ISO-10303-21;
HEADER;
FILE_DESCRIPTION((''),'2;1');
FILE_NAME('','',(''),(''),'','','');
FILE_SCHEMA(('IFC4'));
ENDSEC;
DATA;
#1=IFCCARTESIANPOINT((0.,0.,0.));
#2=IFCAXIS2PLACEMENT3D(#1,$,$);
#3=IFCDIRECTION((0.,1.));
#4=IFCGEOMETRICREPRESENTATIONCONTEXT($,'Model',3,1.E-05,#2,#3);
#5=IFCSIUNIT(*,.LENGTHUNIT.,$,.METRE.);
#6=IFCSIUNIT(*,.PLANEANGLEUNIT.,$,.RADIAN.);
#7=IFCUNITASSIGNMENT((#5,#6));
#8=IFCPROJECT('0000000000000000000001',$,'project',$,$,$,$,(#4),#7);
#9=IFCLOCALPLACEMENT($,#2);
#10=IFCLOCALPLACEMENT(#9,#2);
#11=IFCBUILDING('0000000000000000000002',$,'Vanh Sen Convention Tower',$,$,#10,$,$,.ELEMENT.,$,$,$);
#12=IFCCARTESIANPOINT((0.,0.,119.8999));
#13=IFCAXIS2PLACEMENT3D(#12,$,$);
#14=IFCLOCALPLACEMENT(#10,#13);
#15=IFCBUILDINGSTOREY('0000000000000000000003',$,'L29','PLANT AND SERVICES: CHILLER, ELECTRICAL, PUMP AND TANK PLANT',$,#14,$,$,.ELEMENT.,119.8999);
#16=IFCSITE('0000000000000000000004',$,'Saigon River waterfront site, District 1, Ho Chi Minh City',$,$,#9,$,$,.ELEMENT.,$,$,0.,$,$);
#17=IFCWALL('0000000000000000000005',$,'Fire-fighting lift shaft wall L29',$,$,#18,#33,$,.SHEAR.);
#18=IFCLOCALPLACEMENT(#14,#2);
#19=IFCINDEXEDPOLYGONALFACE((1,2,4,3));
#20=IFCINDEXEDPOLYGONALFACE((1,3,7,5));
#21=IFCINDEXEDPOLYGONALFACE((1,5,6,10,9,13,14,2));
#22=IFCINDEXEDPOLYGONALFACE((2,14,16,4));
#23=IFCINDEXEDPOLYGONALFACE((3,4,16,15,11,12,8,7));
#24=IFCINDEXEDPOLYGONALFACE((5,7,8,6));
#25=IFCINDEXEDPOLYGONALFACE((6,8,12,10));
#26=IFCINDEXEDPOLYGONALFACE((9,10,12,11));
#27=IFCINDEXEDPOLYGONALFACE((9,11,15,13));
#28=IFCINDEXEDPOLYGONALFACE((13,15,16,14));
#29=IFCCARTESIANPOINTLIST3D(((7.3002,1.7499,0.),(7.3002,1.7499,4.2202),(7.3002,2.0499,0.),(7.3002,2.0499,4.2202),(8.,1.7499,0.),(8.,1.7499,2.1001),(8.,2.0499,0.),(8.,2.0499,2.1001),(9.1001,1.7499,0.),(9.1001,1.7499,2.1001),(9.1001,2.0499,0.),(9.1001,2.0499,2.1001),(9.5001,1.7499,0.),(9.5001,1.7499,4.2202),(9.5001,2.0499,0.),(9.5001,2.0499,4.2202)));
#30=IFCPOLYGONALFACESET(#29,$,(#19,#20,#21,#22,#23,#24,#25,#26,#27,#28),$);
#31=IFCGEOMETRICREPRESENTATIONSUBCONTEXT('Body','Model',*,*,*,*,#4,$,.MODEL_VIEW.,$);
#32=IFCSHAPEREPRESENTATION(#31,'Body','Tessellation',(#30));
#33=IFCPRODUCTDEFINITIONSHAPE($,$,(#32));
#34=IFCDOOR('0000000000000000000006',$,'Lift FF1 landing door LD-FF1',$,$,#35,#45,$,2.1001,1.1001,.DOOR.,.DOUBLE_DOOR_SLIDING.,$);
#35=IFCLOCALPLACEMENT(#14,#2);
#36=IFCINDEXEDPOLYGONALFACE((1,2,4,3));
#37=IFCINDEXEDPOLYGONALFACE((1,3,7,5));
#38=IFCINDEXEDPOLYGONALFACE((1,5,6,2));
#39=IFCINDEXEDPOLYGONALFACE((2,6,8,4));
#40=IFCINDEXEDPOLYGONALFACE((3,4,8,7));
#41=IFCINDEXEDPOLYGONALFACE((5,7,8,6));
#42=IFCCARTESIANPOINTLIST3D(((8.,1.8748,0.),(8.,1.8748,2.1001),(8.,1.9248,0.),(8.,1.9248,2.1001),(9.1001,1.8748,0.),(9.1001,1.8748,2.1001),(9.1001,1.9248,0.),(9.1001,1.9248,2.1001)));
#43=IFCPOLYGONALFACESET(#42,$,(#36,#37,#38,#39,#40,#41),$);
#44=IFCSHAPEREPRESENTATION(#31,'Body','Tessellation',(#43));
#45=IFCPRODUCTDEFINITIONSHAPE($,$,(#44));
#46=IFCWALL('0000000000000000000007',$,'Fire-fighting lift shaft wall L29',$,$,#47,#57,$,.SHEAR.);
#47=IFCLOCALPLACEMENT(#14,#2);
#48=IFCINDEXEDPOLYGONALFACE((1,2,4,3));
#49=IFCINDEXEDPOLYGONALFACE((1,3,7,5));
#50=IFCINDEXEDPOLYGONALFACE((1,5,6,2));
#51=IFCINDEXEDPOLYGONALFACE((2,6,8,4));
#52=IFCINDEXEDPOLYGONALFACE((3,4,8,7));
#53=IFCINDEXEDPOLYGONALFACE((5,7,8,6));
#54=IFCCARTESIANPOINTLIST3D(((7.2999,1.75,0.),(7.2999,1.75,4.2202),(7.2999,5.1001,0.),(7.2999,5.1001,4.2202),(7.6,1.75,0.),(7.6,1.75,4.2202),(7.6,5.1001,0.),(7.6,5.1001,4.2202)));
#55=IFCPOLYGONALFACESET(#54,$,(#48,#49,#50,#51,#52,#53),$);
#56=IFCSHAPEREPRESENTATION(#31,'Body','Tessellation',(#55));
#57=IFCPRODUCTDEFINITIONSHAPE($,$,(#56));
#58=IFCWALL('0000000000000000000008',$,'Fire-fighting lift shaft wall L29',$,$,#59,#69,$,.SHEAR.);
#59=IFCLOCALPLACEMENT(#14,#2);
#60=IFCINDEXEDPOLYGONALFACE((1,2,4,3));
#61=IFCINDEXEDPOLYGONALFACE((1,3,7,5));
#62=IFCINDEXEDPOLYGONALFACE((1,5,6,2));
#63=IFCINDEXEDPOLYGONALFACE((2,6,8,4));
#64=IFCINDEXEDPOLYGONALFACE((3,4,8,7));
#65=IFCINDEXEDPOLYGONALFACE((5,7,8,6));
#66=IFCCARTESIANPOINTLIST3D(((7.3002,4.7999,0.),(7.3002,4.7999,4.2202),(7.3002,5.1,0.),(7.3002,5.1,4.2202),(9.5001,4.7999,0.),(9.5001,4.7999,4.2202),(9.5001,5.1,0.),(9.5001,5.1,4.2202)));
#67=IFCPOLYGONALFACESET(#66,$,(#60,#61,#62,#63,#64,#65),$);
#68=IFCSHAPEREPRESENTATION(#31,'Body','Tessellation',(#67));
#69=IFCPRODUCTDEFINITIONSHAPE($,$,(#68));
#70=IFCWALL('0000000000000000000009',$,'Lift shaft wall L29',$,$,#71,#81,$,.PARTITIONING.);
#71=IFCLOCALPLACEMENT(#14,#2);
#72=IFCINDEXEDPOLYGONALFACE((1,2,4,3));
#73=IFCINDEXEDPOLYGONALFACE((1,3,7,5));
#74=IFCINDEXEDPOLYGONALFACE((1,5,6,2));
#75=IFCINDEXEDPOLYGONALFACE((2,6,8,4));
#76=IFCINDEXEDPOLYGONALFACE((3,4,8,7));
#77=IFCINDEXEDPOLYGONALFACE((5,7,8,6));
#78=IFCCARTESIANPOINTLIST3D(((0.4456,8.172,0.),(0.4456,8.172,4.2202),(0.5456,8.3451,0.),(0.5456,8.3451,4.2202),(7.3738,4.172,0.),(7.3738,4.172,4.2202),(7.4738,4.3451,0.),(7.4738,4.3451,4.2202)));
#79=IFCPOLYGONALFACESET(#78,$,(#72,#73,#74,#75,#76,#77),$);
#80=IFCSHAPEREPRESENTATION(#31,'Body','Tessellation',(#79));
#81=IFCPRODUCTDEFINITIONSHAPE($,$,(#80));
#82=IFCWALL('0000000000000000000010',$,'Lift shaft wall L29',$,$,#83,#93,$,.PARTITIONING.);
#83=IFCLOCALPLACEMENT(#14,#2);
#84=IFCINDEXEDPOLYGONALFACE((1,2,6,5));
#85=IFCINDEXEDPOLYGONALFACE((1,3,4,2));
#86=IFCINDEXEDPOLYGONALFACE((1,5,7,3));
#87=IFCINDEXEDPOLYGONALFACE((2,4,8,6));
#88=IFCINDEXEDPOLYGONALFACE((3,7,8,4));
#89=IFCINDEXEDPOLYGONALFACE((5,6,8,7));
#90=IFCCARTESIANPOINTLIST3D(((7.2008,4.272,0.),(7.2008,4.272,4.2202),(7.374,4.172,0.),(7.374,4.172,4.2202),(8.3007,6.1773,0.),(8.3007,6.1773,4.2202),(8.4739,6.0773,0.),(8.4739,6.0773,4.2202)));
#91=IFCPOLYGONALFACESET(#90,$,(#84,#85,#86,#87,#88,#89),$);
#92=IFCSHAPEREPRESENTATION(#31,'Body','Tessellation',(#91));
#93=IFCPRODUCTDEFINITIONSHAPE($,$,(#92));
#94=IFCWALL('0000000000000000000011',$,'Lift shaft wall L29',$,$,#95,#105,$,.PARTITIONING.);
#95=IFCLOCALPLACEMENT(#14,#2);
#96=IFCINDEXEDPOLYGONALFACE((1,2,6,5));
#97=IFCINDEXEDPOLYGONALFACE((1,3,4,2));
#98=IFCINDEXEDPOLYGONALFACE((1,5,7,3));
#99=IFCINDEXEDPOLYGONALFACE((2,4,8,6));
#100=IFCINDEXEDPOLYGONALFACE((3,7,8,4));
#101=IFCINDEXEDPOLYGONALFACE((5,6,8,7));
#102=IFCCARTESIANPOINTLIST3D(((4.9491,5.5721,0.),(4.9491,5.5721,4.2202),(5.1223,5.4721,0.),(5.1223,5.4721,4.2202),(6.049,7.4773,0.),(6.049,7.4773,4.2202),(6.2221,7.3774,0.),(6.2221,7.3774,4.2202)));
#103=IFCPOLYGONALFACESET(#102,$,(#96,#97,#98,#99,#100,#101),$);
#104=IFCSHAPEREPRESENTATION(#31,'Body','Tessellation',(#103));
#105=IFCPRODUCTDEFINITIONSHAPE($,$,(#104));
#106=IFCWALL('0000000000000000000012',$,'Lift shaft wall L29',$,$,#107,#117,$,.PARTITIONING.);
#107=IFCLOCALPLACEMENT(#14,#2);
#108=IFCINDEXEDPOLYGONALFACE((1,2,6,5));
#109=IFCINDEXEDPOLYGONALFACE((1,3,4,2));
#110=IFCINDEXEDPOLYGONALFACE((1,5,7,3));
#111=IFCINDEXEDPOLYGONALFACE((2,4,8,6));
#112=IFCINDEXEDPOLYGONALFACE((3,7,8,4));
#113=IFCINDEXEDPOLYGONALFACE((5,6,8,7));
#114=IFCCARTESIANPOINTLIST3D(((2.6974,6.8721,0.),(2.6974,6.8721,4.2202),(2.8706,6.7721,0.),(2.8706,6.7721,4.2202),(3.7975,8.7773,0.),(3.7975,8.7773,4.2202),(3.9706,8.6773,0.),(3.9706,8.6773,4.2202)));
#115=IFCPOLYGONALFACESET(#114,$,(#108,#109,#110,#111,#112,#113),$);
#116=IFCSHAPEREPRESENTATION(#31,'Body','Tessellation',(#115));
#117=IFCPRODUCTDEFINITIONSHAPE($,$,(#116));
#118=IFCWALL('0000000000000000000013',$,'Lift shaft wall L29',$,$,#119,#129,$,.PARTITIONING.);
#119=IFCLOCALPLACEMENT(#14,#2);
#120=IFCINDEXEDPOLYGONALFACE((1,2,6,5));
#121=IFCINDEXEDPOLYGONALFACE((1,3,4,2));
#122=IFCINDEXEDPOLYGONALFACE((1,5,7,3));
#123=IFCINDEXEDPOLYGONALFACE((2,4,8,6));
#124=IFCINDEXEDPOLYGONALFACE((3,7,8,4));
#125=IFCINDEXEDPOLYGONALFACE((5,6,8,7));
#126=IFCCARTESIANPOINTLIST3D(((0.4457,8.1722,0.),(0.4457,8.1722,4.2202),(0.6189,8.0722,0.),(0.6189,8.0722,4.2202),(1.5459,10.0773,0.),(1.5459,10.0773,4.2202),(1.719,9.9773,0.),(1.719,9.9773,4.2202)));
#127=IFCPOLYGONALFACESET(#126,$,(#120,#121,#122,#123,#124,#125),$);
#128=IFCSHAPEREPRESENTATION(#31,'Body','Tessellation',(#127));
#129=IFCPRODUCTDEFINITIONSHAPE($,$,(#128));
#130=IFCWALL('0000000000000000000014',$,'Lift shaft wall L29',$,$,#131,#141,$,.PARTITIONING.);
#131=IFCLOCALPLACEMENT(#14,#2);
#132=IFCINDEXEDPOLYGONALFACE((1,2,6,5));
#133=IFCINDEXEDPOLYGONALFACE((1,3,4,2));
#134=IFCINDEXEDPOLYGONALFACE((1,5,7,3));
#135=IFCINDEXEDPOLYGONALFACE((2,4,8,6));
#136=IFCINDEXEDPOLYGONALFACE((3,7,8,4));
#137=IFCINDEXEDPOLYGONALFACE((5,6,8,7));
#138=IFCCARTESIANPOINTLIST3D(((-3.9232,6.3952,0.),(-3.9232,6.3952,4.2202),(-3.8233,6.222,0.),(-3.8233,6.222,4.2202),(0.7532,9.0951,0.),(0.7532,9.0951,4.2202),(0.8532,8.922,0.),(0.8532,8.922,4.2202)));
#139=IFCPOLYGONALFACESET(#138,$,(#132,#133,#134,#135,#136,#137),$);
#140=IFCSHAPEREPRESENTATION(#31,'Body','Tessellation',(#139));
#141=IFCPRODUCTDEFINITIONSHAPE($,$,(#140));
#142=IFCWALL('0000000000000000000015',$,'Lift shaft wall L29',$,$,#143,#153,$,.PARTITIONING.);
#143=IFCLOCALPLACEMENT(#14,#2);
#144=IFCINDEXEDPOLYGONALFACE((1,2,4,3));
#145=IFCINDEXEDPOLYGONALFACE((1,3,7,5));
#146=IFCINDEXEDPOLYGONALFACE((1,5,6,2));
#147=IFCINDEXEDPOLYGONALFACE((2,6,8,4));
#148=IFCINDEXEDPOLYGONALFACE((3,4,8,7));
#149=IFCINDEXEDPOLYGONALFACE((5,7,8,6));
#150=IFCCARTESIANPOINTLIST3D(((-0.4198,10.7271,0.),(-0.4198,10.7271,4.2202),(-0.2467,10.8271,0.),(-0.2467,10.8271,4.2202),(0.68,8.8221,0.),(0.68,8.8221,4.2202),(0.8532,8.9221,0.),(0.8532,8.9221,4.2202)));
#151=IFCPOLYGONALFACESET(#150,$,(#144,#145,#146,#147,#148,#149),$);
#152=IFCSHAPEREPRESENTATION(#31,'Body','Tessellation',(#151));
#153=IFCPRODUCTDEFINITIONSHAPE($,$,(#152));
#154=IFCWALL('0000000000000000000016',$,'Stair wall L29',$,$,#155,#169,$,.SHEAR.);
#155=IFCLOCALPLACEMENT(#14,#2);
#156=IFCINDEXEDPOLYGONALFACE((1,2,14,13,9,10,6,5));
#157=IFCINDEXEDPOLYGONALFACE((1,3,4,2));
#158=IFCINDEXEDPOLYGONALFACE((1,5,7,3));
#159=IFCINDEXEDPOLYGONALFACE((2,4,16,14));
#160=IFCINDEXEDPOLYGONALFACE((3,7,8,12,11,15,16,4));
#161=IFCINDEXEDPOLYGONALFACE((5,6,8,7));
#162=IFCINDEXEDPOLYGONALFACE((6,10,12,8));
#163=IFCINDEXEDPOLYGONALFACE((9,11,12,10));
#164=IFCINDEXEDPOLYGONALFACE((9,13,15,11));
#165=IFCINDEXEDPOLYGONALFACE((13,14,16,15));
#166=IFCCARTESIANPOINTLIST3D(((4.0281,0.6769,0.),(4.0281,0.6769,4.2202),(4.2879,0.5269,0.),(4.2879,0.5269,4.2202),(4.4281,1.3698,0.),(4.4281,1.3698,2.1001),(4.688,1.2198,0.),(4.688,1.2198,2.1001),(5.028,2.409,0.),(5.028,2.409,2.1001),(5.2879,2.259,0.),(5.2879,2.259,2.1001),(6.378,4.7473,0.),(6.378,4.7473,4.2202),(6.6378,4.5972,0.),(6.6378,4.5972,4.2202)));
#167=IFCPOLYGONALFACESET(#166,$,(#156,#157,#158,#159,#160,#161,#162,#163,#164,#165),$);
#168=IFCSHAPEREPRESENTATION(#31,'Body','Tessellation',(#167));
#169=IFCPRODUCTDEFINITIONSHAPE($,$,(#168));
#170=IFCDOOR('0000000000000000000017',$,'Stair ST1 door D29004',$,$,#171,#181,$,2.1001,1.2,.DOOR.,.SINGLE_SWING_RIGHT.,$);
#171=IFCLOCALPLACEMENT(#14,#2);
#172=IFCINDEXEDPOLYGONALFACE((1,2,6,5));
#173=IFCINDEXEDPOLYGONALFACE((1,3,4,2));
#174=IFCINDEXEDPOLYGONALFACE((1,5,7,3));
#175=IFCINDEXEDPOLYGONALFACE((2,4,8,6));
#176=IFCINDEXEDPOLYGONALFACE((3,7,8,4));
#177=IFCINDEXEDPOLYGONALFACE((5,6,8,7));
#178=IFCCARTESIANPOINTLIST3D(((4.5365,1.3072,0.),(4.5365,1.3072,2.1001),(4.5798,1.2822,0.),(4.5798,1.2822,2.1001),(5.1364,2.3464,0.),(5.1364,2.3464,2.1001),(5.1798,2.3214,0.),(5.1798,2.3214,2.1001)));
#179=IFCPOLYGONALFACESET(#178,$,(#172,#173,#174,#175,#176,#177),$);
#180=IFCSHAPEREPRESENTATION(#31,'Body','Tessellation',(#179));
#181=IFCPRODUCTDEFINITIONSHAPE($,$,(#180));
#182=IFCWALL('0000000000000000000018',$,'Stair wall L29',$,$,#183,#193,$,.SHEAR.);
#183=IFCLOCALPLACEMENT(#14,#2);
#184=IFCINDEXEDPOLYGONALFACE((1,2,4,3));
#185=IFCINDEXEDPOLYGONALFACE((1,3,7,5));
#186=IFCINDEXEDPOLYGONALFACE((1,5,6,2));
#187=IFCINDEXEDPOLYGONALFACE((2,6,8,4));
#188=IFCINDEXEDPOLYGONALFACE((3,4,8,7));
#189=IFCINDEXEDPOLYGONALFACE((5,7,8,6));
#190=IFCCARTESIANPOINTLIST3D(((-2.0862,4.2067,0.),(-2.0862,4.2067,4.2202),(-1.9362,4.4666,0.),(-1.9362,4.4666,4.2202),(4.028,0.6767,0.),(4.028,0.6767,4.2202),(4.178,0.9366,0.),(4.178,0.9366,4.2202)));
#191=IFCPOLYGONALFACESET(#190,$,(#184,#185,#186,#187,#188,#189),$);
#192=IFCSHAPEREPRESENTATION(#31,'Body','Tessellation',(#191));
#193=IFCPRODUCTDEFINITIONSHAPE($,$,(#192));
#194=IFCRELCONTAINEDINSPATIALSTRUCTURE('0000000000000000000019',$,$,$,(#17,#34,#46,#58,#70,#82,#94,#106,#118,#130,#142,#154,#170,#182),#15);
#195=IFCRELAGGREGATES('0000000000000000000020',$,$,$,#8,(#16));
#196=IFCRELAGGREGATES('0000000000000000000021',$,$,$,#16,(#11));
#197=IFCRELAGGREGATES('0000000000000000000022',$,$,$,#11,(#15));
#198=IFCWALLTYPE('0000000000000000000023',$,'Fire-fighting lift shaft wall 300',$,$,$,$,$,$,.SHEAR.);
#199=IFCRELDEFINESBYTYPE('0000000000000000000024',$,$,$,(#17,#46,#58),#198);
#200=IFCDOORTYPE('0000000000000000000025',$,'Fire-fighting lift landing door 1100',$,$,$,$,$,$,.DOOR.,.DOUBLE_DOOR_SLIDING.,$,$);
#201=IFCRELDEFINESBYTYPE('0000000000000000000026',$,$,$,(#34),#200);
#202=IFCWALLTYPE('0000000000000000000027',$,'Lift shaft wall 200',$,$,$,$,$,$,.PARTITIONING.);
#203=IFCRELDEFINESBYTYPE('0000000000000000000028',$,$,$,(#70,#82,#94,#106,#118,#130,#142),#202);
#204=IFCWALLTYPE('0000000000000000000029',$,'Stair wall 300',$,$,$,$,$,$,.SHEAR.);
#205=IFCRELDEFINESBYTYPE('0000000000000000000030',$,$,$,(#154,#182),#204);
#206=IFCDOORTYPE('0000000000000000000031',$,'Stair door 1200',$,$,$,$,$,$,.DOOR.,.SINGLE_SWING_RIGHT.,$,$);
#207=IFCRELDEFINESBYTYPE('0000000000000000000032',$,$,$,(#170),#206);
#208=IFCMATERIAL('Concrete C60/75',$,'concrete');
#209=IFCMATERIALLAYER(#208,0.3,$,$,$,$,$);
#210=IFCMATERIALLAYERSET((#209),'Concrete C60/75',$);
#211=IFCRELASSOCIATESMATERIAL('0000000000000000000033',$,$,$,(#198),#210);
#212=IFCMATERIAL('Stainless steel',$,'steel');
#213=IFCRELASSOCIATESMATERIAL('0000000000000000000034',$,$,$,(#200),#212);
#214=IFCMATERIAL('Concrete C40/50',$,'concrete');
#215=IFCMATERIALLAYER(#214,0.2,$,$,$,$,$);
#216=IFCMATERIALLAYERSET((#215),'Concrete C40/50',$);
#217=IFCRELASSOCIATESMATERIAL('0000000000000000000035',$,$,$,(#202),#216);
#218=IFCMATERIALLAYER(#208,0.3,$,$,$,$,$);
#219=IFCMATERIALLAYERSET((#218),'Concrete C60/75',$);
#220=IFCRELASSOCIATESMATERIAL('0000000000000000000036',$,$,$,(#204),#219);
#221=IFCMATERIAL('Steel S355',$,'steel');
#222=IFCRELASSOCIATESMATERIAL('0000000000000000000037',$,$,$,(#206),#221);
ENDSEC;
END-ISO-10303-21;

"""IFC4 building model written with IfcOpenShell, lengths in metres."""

from ifc_helpers import new_model, si_unit, direction, frame, frame_2d, origin, place, context, subcontext, project, spatial, rectangle, extrude, material, layer, layer_set, type_object, element, fill, save


model = new_model("IFC4")

# Units and contexts
model_context = context("Model", 3, precision=1e-05, world=origin(), true_north=direction((0.0, 1.0)))
body_context = subcontext(model_context, "Body", "Model", "MODEL_VIEW")
ifc_project = project(units=[si_unit("LENGTHUNIT", "METRE"), si_unit("PLANEANGLEUNIT", "RADIAN")], contexts=[model_context])

# Site, building, storey
site_placement = place(None, origin())
site = spatial("IfcSite", under=ifc_project, at=site_placement, Name="Saigon River waterfront site, District 1, Ho Chi Minh City", CompositionType="ELEMENT", RefElevation=0.0)
building_placement = place(site_placement, origin())
building = spatial("IfcBuilding", under=site, at=building_placement, Name="Vanh Sen Convention Tower", CompositionType="ELEMENT")
storey_placement = place(building_placement, frame((0.0, 0.0, 119.8999)))
storey = spatial("IfcBuildingStorey", under=building, at=storey_placement, Name="L29", Description="PLANT AND SERVICES: CHILLER, ELECTRICAL, PUMP AND TANK PLANT", CompositionType="ELEMENT", Elevation=119.8999)

# Shared definitions
ifc_material_1 = material(Name="Concrete C40/50", Category="concrete")

# Shared definitions
ifc_material_2 = material(Name="Stainless steel", Category="steel")
ifc_material_3 = material(Name="Steel S355", Category="steel")

# Wall, opening, door
ifc_material_4 = material(Name="Concrete C60/75", Category="concrete")
ifc_layer_1 = layer(ifc_material_4, 0.3)
ifc_layer_set_1 = layer_set([ifc_layer_1], Name="Concrete C60/75")
wall_type_1 = type_object("IfcWallType", Name="Fire-fighting lift shaft wall 300", PredefinedType="SHEAR", material=ifc_layer_set_1)
wall_1_placement = place(storey_placement, frame((7.3, 1.8999, 0.0), z_axis=(0.0, 0.0, 1.0), x_axis=(1.0, 0.0, 0.0)))
wall_1 = element("IfcWall", 1, at=wall_1_placement, inside=storey, type_object=wall_type_1, Name="Fire-fighting lift shaft wall L29", PredefinedType="SHEAR", context=body_context, shape_type="SweptSolid", body=[
    extrude(rectangle(XDim=2.2, YDim=0.3, at=frame_2d((1.1001, 0.0))), origin(), (0.0, 0.0, 1.0), 4.2202),
])
opening_1_placement = place(wall_1_placement, frame((0.7, 0.0, 0.0)))
opening_1 = element("IfcOpeningElement", 2, at=opening_1_placement, cuts=wall_1, PredefinedType="OPENING", context=body_context, shape_type="SweptSolid", body=[
    extrude(rectangle(XDim=1.1001, YDim=2.1001, at=frame_2d((0.55, 1.05))), frame((0.0, 0.1599, 0.0), z_axis=(0.0, -1.0, 0.0), x_axis=(1.0, 0.0, 0.0)), (0.0, 0.0, 1.0), 0.3201),
])
door_type_1 = type_object("IfcDoorType", Name="Fire-fighting lift landing door 1100", OperationType="DOUBLE_DOOR_SLIDING", PredefinedType="DOOR", material=ifc_material_2)
door_1_placement = place(opening_1_placement, origin())
door_1 = element("IfcDoor", 3, at=door_1_placement, inside=storey, type_object=door_type_1, Name="Lift FF1 landing door LD-FF1", OperationType="DOUBLE_DOOR_SLIDING", OverallHeight=2.1001, OverallWidth=1.1001, PredefinedType="DOOR", context=body_context, shape_type="SweptSolid", body=[
    extrude(rectangle(XDim=1.1001, YDim=2.1001, at=frame_2d((0.55, 1.05))), frame((0.0, 0.0249, 0.0), z_axis=(0.0, -1.0, 0.0), x_axis=(1.0, 0.0, 0.0)), (0.0, 0.0, 1.0), 0.05),
])
fill(opening_1, door_1)

# Walls
wall_2_placement = place(storey_placement, frame((7.45, 1.75, 0.0), z_axis=(0.0, 0.0, 1.0), x_axis=(0.0, 1.0, 0.0)))
element("IfcWall", 4, at=wall_2_placement, inside=storey, type_object=wall_type_1, Name="Fire-fighting lift shaft wall L29", PredefinedType="SHEAR", context=body_context, shape_type="SweptSolid", body=[
    extrude(rectangle(XDim=3.3501, YDim=0.3, at=frame_2d((1.675, 0.0))), origin(), (0.0, 0.0, 1.0), 4.2202),
])
wall_3_placement = place(storey_placement, frame((7.3, 4.95, 0.0), z_axis=(0.0, 0.0, 1.0), x_axis=(1.0, 0.0, 0.0)))
element("IfcWall", 5, at=wall_3_placement, inside=storey, type_object=wall_type_1, Name="Fire-fighting lift shaft wall L29", PredefinedType="SHEAR", context=body_context, shape_type="SweptSolid", body=[
    extrude(rectangle(XDim=2.2, YDim=0.3, at=frame_2d((1.1001, 0.0))), origin(), (0.0, 0.0, 1.0), 4.2202),
])
ifc_layer_2 = layer(ifc_material_1, 0.2)
ifc_layer_set_2 = layer_set([ifc_layer_2], Name="Concrete C40/50")
wall_type_2 = type_object("IfcWallType", Name="Lift shaft wall 200", PredefinedType="PARTITIONING", material=ifc_layer_set_2)
wall_4_placement = place(storey_placement, frame((7.4238, 4.2585, 0.0), z_axis=(0.0, 0.0, 1.0), x_axis=(-0.866026, 0.499999, 0.0)))
element("IfcWall", 6, at=wall_4_placement, inside=storey, type_object=wall_type_2, Name="Lift shaft wall L29", PredefinedType="PARTITIONING", context=body_context, shape_type="SweptSolid", body=[
    extrude(rectangle(XDim=8.0, YDim=0.2, at=frame_2d((4.0, 0.0))), origin(), (0.0, 0.0, 1.0), 4.2202),
])
for number, where, z_axis, x_axis, name in (
    (7, (7.2874, 4.2219, 0.0), (0.0, 0.0, 1.0), (0.499947, 0.866056, 0.0), "Lift shaft wall L29"),
    (8, (5.0356, 5.522, 0.0), (0.0, 0.0, 1.0), (0.499947, 0.866056, 0.0), "Lift shaft wall L29"),
    (9, (2.7839, 6.822, 0.0), (0.0, 0.0, 1.0), (0.50003, 0.866008, 0.0), "Lift shaft wall L29"),
    (10, (0.5322, 8.1221, 0.0), (0.0, 0.0, 1.0), (0.500078, 0.86598, 0.0), "Lift shaft wall L29"),
):
    element("IfcWall", number, at=place(storey_placement, frame(where, z_axis=z_axis, x_axis=x_axis)), inside=storey, type_object=wall_type_2, Name=name, PredefinedType="PARTITIONING", context=body_context, shape_type="SweptSolid", body=[
        extrude(rectangle(XDim=2.2, YDim=0.2, at=frame_2d((1.1001, 0.0))), origin(), (0.0, 0.0, 1.0), 4.2202),
    ])
wall_5_placement = place(storey_placement, frame((0.8032, 9.0085, 0.0), z_axis=(0.0, 0.0, 1.0), x_axis=(-0.866028, -0.499995, 0.0)))
element("IfcWall", 11, at=wall_5_placement, inside=storey, type_object=wall_type_2, Name="Lift shaft wall L29", PredefinedType="PARTITIONING", context=body_context, shape_type="SweptSolid", body=[
    extrude(rectangle(XDim=5.3999, YDim=0.2, at=frame_2d((2.7, 0.0))), origin(), (0.0, 0.0, 1.0), 4.2202),
])
wall_6_placement = place(storey_placement, frame((0.7666, 8.8721, 0.0), z_axis=(0.0, 0.0, 1.0), x_axis=(-0.499995, 0.866028, 0.0)))
element("IfcWall", 12, at=wall_6_placement, inside=storey, type_object=wall_type_2, Name="Lift shaft wall L29", PredefinedType="PARTITIONING", context=body_context, shape_type="SweptSolid", body=[
    extrude(rectangle(XDim=2.1997, YDim=0.2, at=frame_2d((1.0999, 0.0))), origin(), (0.0, 0.0, 1.0), 4.2202),
])

# Wall, opening, door
ifc_layer_3 = layer(ifc_material_4, 0.3)
ifc_layer_set_3 = layer_set([ifc_layer_3], Name="Concrete C60/75")
wall_type_3 = type_object("IfcWallType", Name="Stair wall 300", PredefinedType="SHEAR", material=ifc_layer_set_3)
wall_7_placement = place(storey_placement, frame((4.158, 0.6018, 0.0), z_axis=(0.0, 0.0, 1.0), x_axis=(0.499977, 0.866039, 0.0)))
wall_7 = element("IfcWall", 13, at=wall_7_placement, inside=storey, type_object=wall_type_3, Name="Stair wall L29", PredefinedType="SHEAR", context=body_context, shape_type="SweptSolid", body=[
    extrude(rectangle(XDim=4.7, YDim=0.3, at=frame_2d((2.3501, 0.0))), origin(), (0.0, 0.0, 1.0), 4.2202),
])
opening_2_placement = place(wall_7_placement, frame((0.8, 0.0, 0.0)))
opening_2 = element("IfcOpeningElement", 14, at=opening_2_placement, cuts=wall_7, PredefinedType="OPENING", context=body_context, shape_type="SweptSolid", body=[
    extrude(rectangle(XDim=1.2, YDim=2.1001, at=frame_2d((0.6001, 1.05))), frame((0.0, 0.1599, 0.0), z_axis=(0.0, -1.0, 0.0), x_axis=(1.0, 0.0, 0.0)), (0.0, 0.0, 1.0), 0.3201),
])
door_type_2 = type_object("IfcDoorType", Name="Stair door 1200", OperationType="SINGLE_SWING_RIGHT", PredefinedType="DOOR", material=ifc_material_3)
door_2_placement = place(opening_2_placement, origin())
door_2 = element("IfcDoor", 15, at=door_2_placement, inside=storey, type_object=door_type_2, Name="Stair ST1 door D29004", OperationType="SINGLE_SWING_RIGHT", OverallHeight=2.1001, OverallWidth=1.2, PredefinedType="DOOR", context=body_context, shape_type="SweptSolid", body=[
    extrude(rectangle(XDim=1.2, YDim=2.1001, at=frame_2d((0.6001, 1.05))), frame((0.0, 0.0249, 0.0), z_axis=(0.0, -1.0, 0.0), x_axis=(1.0, 0.0, 0.0)), (0.0, 0.0, 1.0), 0.05),
])
fill(opening_2, door_2)

# Wall
for number, where, z_axis, x_axis, name in (
    (16, (4.103, 0.8066, 0.0), (0.0, 0.0, 1.0), (-0.866028, 0.499996, 0.0), "Stair wall L29"),
):
    element("IfcWall", number, at=place(storey_placement, frame(where, z_axis=z_axis, x_axis=x_axis)), inside=storey, type_object=wall_type_3, Name=name, PredefinedType="SHEAR", context=body_context, shape_type="SweptSolid", body=[
        extrude(rectangle(XDim=7.0601, YDim=0.3, at=frame_2d((3.53, 0.0))), origin(), (0.0, 0.0, 1.0), 4.2202),
    ])

save(model, "model.ifc")
